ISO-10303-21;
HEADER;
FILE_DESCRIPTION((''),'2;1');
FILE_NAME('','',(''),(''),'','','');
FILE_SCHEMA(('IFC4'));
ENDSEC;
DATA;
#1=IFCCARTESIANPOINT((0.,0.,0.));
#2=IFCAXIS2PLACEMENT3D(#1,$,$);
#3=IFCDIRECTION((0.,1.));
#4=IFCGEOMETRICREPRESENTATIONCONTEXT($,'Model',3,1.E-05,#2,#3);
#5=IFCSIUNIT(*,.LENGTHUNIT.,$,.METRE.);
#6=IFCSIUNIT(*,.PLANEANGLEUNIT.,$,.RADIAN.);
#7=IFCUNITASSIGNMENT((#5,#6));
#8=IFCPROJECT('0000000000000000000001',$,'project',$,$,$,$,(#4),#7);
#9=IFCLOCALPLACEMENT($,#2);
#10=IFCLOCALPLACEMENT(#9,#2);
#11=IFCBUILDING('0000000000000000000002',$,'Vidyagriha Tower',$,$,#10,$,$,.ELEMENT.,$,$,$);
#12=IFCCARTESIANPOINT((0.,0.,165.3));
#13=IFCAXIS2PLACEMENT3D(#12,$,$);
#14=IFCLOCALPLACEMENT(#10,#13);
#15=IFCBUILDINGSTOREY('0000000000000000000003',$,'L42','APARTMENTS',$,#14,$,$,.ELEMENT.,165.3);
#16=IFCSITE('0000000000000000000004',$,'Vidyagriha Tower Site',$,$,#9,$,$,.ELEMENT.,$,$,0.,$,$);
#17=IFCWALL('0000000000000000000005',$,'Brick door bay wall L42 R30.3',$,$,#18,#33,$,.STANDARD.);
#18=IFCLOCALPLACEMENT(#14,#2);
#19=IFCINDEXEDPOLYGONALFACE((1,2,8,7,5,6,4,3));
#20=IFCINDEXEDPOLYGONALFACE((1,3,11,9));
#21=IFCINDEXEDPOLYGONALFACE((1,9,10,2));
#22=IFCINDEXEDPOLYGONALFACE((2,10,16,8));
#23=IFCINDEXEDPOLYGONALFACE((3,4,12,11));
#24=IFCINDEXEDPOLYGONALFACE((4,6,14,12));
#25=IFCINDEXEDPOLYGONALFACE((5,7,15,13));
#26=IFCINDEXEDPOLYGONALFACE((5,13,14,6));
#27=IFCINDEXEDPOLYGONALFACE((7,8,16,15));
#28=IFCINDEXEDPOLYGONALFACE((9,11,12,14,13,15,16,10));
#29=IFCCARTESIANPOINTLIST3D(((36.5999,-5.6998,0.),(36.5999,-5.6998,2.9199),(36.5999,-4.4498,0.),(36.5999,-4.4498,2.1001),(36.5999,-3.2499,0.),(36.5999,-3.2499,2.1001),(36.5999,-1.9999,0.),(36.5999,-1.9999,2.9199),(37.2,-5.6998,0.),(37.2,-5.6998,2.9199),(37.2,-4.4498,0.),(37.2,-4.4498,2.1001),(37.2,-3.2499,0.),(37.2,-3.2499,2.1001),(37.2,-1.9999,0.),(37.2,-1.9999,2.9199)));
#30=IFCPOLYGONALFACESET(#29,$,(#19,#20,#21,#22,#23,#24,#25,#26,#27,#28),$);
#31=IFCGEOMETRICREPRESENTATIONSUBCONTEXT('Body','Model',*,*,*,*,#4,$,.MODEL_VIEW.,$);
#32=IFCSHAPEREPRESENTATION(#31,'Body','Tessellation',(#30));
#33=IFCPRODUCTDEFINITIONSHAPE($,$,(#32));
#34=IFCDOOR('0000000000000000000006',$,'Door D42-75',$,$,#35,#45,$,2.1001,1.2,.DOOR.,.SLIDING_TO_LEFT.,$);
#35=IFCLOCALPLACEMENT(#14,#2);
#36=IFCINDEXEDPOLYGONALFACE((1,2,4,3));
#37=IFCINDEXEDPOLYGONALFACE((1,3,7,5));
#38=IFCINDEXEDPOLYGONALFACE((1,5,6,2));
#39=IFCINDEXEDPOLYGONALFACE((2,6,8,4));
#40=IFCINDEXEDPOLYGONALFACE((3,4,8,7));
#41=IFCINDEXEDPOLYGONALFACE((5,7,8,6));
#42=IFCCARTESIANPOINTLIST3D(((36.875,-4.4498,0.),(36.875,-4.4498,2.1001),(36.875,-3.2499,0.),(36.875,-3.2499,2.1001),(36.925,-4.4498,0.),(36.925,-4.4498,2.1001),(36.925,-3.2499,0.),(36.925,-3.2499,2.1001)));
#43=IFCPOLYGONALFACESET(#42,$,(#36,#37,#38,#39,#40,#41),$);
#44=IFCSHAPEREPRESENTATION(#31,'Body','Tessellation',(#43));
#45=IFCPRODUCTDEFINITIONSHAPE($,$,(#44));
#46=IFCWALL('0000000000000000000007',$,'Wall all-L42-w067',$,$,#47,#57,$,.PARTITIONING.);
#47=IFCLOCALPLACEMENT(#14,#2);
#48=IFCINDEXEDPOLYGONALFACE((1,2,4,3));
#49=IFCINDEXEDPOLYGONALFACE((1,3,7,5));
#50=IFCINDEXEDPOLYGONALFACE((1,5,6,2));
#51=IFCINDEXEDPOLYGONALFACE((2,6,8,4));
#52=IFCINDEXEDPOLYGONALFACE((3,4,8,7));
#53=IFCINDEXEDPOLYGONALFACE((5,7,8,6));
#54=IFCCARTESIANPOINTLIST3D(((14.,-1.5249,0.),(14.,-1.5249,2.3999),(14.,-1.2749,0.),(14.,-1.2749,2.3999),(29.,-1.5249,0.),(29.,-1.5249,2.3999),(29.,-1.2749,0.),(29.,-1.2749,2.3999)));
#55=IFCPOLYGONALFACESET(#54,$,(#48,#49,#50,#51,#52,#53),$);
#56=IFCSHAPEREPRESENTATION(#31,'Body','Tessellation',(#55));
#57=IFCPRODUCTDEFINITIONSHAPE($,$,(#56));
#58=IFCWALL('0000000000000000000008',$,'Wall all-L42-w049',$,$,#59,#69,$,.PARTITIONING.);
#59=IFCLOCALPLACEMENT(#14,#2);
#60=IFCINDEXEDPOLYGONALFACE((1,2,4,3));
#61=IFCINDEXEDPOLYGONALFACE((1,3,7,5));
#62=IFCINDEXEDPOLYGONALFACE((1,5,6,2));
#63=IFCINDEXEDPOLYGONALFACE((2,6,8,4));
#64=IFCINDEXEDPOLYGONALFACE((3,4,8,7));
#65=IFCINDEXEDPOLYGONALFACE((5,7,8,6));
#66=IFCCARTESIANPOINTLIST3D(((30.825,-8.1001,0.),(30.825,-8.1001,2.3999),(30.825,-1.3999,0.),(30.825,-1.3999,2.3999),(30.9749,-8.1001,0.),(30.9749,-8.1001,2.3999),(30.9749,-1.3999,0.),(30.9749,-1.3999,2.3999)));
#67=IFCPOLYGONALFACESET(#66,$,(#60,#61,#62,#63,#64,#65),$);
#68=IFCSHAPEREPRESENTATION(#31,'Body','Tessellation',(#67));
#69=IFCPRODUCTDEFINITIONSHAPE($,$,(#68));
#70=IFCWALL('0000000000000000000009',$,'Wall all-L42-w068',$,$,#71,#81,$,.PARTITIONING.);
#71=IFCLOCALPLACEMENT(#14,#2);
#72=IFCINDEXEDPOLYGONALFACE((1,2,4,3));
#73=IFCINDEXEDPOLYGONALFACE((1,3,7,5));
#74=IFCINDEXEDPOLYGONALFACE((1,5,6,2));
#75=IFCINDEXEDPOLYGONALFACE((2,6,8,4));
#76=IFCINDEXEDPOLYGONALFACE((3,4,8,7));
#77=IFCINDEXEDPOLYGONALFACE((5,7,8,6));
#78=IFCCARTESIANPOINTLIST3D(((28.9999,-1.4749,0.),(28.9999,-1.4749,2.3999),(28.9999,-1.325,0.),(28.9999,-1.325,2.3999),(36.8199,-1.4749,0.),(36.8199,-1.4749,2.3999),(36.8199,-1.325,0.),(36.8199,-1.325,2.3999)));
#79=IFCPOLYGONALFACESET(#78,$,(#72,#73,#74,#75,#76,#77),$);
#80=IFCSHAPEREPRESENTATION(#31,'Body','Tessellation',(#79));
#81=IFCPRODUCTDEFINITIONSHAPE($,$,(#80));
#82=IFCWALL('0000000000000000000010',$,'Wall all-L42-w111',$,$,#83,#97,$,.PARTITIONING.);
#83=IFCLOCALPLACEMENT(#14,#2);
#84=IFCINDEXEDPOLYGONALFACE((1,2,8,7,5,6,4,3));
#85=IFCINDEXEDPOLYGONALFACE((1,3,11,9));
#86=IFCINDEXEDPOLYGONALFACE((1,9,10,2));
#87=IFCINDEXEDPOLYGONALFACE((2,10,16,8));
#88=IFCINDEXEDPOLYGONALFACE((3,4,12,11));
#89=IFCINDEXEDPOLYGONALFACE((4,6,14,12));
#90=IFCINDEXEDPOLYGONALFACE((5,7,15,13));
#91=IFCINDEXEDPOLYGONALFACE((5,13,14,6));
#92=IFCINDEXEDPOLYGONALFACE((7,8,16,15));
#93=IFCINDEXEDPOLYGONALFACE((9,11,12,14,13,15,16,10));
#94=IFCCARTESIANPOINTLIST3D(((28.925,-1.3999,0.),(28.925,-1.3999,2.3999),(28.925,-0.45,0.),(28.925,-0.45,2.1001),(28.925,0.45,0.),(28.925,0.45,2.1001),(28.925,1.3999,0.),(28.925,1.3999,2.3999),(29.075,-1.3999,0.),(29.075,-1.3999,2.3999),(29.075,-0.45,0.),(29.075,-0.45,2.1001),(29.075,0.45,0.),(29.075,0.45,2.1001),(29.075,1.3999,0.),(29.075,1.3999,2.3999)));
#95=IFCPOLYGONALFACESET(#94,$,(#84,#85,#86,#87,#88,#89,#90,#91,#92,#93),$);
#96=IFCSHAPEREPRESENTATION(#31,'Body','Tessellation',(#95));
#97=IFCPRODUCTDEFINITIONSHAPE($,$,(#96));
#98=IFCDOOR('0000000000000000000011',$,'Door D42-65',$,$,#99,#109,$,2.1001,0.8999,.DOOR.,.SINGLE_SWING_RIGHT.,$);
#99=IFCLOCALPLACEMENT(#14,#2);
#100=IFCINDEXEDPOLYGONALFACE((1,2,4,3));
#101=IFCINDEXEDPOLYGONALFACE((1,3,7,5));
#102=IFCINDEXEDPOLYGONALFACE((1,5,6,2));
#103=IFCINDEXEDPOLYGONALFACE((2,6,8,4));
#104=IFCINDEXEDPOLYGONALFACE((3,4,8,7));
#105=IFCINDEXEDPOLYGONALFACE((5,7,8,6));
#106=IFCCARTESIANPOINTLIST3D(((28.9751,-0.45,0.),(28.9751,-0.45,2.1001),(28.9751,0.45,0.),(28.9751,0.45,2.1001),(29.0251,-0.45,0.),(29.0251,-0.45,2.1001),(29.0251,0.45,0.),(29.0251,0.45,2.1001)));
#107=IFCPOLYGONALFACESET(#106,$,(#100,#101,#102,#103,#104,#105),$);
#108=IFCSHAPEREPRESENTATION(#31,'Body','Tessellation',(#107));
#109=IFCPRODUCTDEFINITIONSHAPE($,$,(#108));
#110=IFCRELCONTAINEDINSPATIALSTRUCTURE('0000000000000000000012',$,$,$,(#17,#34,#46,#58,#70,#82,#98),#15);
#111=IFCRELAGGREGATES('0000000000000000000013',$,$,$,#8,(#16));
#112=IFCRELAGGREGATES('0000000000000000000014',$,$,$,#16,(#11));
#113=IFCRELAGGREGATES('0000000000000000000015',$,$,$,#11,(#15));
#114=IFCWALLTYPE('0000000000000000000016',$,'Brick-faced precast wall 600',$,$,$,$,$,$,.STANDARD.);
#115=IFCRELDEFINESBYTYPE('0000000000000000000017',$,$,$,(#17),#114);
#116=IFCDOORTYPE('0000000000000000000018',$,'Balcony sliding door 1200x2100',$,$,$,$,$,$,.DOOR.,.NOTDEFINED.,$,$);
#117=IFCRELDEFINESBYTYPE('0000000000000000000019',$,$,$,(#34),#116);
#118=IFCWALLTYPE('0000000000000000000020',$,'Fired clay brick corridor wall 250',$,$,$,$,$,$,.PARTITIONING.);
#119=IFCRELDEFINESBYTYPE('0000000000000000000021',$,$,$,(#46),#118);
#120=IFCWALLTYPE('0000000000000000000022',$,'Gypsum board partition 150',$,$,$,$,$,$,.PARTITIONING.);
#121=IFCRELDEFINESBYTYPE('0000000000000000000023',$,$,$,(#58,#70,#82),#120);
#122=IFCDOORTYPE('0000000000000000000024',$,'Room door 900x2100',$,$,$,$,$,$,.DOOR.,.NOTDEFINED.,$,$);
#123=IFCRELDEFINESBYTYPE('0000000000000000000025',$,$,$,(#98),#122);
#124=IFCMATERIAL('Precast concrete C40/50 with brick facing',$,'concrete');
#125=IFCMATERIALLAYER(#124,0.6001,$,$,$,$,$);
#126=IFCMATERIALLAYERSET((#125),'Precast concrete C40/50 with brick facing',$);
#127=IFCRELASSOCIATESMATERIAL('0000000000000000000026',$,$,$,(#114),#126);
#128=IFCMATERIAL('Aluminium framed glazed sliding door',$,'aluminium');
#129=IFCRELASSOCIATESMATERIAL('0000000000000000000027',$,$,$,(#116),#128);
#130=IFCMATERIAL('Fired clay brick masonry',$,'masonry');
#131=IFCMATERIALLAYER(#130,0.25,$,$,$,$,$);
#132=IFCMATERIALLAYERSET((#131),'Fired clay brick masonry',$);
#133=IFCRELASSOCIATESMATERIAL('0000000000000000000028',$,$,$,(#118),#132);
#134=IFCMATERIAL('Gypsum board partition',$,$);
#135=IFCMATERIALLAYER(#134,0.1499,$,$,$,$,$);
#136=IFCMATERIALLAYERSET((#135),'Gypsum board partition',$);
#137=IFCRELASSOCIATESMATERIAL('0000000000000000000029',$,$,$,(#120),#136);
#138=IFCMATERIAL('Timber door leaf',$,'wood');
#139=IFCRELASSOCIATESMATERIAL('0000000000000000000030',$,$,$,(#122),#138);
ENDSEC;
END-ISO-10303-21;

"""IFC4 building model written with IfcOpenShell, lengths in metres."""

from ifc_helpers import new_model, si_unit, direction, frame, frame_2d, origin, place, context, subcontext, project, spatial, rectangle, extrude, material, layer, layer_set, type_object, element, fill, save


model = new_model("IFC4")

# Units and contexts
model_context = context("Model", 3, precision=1e-05, world=origin(), true_north=direction((0.0, 1.0)))
body_context = subcontext(model_context, "Body", "Model", "MODEL_VIEW")
ifc_project = project(units=[si_unit("LENGTHUNIT", "METRE"), si_unit("PLANEANGLEUNIT", "RADIAN")], contexts=[model_context])

# Site, building, storey
site_placement = place(None, origin())
site = spatial("IfcSite", under=ifc_project, at=site_placement, Name="Vidyagriha Tower Site", CompositionType="ELEMENT", RefElevation=0.0)
building_placement = place(site_placement, origin())
building = spatial("IfcBuilding", under=site, at=building_placement, Name="Vidyagriha Tower", CompositionType="ELEMENT")
storey_placement = place(building_placement, frame((0.0, 0.0, 165.3)))
storey = spatial("IfcBuildingStorey", under=building, at=storey_placement, Name="L42", Description="APARTMENTS", CompositionType="ELEMENT", Elevation=165.3)

# Wall, opening, door
ifc_material_1 = material(Name="Precast concrete C40/50 with brick facing", Category="concrete")
ifc_layer_1 = layer(ifc_material_1, 0.6001)
ifc_layer_set_1 = layer_set([ifc_layer_1], Name="Precast concrete C40/50 with brick facing")
wall_type_1 = type_object("IfcWallType", Name="Brick-faced precast wall 600", PredefinedType="STANDARD", material=ifc_layer_set_1)
wall_1_placement = place(storey_placement, frame((36.8999, -5.7, 0.0), z_axis=(0.0, 0.0, 1.0), x_axis=(0.0, 1.0, 0.0)))
wall_1 = element("IfcWall", 1, at=wall_1_placement, inside=storey, type_object=wall_type_1, Name="Brick door bay wall L42 R30.3", PredefinedType="STANDARD", context=body_context, shape_type="SweptSolid", body=[
    extrude(rectangle(XDim=3.7, YDim=0.6001, at=frame_2d((1.8501, 0.0))), origin(), (0.0, 0.0, 1.0), 2.9199),
])
opening_1_placement = place(wall_1_placement, frame((1.25, 0.0, 0.0)))
opening_1 = element("IfcOpeningElement", 2, at=opening_1_placement, cuts=wall_1, PredefinedType="OPENING", context=body_context, shape_type="SweptSolid", body=[
    extrude(rectangle(XDim=1.2, YDim=2.1001, at=frame_2d((0.6001, 1.05))), frame((0.0, 0.3101, 0.0), z_axis=(0.0, -1.0, 0.0), x_axis=(1.0, 0.0, 0.0)), (0.0, 0.0, 1.0), 0.6201),
])
ifc_material_2 = material(Name="Aluminium framed glazed sliding door", Category="aluminium")
door_type_1 = type_object("IfcDoorType", Name="Balcony sliding door 1200x2100", OperationType="NOTDEFINED", PredefinedType="DOOR", material=ifc_material_2)
door_1_placement = place(opening_1_placement, origin())
door_1 = element("IfcDoor", 3, at=door_1_placement, inside=storey, type_object=door_type_1, Name="Door D42-75", OperationType="SLIDING_TO_LEFT", OverallHeight=2.1001, OverallWidth=1.2, PredefinedType="DOOR", context=body_context, shape_type="SweptSolid", body=[
    extrude(rectangle(XDim=1.2, YDim=2.1001, at=frame_2d((0.6001, 1.05))), frame((0.0, 0.0249, 0.0), z_axis=(0.0, -1.0, 0.0), x_axis=(1.0, 0.0, 0.0)), (0.0, 0.0, 1.0), 0.05),
])
fill(opening_1, door_1)

# Walls
ifc_material_3 = material(Name="Fired clay brick masonry", Category="masonry")
ifc_layer_2 = layer(ifc_material_3, 0.25)
ifc_layer_set_2 = layer_set([ifc_layer_2], Name="Fired clay brick masonry")
wall_type_2 = type_object("IfcWallType", Name="Fired clay brick corridor wall 250", PredefinedType="PARTITIONING", material=ifc_layer_set_2)
wall_2_placement = place(storey_placement, frame((29.0, -1.3999, 0.0), z_axis=(0.0, 0.0, 1.0), x_axis=(-1.0, 0.0, 0.0)))
element("IfcWall", 4, at=wall_2_placement, inside=storey, type_object=wall_type_2, Name="Wall all-L42-w067", PredefinedType="PARTITIONING", context=body_context, shape_type="SweptSolid", body=[
    extrude(rectangle(XDim=15.0, YDim=0.25, at=frame_2d((7.5, 0.0))), origin(), (0.0, 0.0, 1.0), 2.3999),
])
ifc_material_4 = material(Name="Gypsum board partition")
ifc_layer_3 = layer(ifc_material_4, 0.1499)
ifc_layer_set_3 = layer_set([ifc_layer_3], Name="Gypsum board partition")
wall_type_3 = type_object("IfcWallType", Name="Gypsum board partition 150", PredefinedType="PARTITIONING", material=ifc_layer_set_3)
wall_3_placement = place(storey_placement, frame((30.8999, -1.3999, 0.0), z_axis=(0.0, 0.0, 1.0), x_axis=(0.0, -1.0, 0.0)))
element("IfcWall", 5, at=wall_3_placement, inside=storey, type_object=wall_type_3, Name="Wall all-L42-w049", PredefinedType="PARTITIONING", context=body_context, shape_type="SweptSolid", body=[
    extrude(rectangle(XDim=6.7002, YDim=0.1499, at=frame_2d((3.3501, 0.0))), origin(), (0.0, 0.0, 1.0), 2.3999),
])
wall_4_placement = place(storey_placement, frame((36.8201, -1.3999, 0.0), z_axis=(0.0, 0.0, 1.0), x_axis=(-1.0, 0.0, 0.0)))
element("IfcWall", 6, at=wall_4_placement, inside=storey, type_object=wall_type_3, Name="Wall all-L42-w068", PredefinedType="PARTITIONING", context=body_context, shape_type="SweptSolid", body=[
    extrude(rectangle(XDim=7.8201, YDim=0.1499, at=frame_2d((3.9102, 0.0))), origin(), (0.0, 0.0, 1.0), 2.3999),
])

# Wall, opening, door
wall_5_placement = place(storey_placement, frame((29.0, -1.3999, 0.0), z_axis=(0.0, 0.0, 1.0), x_axis=(0.0, 1.0, 0.0)))
wall_5 = element("IfcWall", 7, at=wall_5_placement, inside=storey, type_object=wall_type_3, Name="Wall all-L42-w111", PredefinedType="PARTITIONING", context=body_context, shape_type="SweptSolid", body=[
    extrude(rectangle(XDim=2.7998, YDim=0.1499, at=frame_2d((1.3999, 0.0))), origin(), (0.0, 0.0, 1.0), 2.3999),
])
opening_2_placement = place(wall_5_placement, frame((0.95, 0.0, 0.0)))
opening_2 = element("IfcOpeningElement", 8, at=opening_2_placement, cuts=wall_5, PredefinedType="OPENING", context=body_context, shape_type="SweptSolid", body=[
    extrude(rectangle(XDim=0.8999, YDim=2.1001, at=frame_2d((0.45, 1.05))), frame((0.0, 0.085, 0.0), z_axis=(0.0, -1.0, 0.0), x_axis=(1.0, 0.0, 0.0)), (0.0, 0.0, 1.0), 0.1699),
])
ifc_material_5 = material(Name="Timber door leaf", Category="wood")
door_type_2 = type_object("IfcDoorType", Name="Room door 900x2100", OperationType="NOTDEFINED", PredefinedType="DOOR", material=ifc_material_5)
door_2_placement = place(opening_2_placement, origin())
door_2 = element("IfcDoor", 9, at=door_2_placement, inside=storey, type_object=door_type_2, Name="Door D42-65", OperationType="SINGLE_SWING_RIGHT", OverallHeight=2.1001, OverallWidth=0.8999, PredefinedType="DOOR", context=body_context, shape_type="SweptSolid", body=[
    extrude(rectangle(XDim=0.8999, YDim=2.1001, at=frame_2d((0.45, 1.05))), frame((0.0, 0.0249, 0.0), z_axis=(0.0, -1.0, 0.0), x_axis=(1.0, 0.0, 0.0)), (0.0, 0.0, 1.0), 0.05),
])
fill(opening_2, door_2)

save(model, "model.ifc")
